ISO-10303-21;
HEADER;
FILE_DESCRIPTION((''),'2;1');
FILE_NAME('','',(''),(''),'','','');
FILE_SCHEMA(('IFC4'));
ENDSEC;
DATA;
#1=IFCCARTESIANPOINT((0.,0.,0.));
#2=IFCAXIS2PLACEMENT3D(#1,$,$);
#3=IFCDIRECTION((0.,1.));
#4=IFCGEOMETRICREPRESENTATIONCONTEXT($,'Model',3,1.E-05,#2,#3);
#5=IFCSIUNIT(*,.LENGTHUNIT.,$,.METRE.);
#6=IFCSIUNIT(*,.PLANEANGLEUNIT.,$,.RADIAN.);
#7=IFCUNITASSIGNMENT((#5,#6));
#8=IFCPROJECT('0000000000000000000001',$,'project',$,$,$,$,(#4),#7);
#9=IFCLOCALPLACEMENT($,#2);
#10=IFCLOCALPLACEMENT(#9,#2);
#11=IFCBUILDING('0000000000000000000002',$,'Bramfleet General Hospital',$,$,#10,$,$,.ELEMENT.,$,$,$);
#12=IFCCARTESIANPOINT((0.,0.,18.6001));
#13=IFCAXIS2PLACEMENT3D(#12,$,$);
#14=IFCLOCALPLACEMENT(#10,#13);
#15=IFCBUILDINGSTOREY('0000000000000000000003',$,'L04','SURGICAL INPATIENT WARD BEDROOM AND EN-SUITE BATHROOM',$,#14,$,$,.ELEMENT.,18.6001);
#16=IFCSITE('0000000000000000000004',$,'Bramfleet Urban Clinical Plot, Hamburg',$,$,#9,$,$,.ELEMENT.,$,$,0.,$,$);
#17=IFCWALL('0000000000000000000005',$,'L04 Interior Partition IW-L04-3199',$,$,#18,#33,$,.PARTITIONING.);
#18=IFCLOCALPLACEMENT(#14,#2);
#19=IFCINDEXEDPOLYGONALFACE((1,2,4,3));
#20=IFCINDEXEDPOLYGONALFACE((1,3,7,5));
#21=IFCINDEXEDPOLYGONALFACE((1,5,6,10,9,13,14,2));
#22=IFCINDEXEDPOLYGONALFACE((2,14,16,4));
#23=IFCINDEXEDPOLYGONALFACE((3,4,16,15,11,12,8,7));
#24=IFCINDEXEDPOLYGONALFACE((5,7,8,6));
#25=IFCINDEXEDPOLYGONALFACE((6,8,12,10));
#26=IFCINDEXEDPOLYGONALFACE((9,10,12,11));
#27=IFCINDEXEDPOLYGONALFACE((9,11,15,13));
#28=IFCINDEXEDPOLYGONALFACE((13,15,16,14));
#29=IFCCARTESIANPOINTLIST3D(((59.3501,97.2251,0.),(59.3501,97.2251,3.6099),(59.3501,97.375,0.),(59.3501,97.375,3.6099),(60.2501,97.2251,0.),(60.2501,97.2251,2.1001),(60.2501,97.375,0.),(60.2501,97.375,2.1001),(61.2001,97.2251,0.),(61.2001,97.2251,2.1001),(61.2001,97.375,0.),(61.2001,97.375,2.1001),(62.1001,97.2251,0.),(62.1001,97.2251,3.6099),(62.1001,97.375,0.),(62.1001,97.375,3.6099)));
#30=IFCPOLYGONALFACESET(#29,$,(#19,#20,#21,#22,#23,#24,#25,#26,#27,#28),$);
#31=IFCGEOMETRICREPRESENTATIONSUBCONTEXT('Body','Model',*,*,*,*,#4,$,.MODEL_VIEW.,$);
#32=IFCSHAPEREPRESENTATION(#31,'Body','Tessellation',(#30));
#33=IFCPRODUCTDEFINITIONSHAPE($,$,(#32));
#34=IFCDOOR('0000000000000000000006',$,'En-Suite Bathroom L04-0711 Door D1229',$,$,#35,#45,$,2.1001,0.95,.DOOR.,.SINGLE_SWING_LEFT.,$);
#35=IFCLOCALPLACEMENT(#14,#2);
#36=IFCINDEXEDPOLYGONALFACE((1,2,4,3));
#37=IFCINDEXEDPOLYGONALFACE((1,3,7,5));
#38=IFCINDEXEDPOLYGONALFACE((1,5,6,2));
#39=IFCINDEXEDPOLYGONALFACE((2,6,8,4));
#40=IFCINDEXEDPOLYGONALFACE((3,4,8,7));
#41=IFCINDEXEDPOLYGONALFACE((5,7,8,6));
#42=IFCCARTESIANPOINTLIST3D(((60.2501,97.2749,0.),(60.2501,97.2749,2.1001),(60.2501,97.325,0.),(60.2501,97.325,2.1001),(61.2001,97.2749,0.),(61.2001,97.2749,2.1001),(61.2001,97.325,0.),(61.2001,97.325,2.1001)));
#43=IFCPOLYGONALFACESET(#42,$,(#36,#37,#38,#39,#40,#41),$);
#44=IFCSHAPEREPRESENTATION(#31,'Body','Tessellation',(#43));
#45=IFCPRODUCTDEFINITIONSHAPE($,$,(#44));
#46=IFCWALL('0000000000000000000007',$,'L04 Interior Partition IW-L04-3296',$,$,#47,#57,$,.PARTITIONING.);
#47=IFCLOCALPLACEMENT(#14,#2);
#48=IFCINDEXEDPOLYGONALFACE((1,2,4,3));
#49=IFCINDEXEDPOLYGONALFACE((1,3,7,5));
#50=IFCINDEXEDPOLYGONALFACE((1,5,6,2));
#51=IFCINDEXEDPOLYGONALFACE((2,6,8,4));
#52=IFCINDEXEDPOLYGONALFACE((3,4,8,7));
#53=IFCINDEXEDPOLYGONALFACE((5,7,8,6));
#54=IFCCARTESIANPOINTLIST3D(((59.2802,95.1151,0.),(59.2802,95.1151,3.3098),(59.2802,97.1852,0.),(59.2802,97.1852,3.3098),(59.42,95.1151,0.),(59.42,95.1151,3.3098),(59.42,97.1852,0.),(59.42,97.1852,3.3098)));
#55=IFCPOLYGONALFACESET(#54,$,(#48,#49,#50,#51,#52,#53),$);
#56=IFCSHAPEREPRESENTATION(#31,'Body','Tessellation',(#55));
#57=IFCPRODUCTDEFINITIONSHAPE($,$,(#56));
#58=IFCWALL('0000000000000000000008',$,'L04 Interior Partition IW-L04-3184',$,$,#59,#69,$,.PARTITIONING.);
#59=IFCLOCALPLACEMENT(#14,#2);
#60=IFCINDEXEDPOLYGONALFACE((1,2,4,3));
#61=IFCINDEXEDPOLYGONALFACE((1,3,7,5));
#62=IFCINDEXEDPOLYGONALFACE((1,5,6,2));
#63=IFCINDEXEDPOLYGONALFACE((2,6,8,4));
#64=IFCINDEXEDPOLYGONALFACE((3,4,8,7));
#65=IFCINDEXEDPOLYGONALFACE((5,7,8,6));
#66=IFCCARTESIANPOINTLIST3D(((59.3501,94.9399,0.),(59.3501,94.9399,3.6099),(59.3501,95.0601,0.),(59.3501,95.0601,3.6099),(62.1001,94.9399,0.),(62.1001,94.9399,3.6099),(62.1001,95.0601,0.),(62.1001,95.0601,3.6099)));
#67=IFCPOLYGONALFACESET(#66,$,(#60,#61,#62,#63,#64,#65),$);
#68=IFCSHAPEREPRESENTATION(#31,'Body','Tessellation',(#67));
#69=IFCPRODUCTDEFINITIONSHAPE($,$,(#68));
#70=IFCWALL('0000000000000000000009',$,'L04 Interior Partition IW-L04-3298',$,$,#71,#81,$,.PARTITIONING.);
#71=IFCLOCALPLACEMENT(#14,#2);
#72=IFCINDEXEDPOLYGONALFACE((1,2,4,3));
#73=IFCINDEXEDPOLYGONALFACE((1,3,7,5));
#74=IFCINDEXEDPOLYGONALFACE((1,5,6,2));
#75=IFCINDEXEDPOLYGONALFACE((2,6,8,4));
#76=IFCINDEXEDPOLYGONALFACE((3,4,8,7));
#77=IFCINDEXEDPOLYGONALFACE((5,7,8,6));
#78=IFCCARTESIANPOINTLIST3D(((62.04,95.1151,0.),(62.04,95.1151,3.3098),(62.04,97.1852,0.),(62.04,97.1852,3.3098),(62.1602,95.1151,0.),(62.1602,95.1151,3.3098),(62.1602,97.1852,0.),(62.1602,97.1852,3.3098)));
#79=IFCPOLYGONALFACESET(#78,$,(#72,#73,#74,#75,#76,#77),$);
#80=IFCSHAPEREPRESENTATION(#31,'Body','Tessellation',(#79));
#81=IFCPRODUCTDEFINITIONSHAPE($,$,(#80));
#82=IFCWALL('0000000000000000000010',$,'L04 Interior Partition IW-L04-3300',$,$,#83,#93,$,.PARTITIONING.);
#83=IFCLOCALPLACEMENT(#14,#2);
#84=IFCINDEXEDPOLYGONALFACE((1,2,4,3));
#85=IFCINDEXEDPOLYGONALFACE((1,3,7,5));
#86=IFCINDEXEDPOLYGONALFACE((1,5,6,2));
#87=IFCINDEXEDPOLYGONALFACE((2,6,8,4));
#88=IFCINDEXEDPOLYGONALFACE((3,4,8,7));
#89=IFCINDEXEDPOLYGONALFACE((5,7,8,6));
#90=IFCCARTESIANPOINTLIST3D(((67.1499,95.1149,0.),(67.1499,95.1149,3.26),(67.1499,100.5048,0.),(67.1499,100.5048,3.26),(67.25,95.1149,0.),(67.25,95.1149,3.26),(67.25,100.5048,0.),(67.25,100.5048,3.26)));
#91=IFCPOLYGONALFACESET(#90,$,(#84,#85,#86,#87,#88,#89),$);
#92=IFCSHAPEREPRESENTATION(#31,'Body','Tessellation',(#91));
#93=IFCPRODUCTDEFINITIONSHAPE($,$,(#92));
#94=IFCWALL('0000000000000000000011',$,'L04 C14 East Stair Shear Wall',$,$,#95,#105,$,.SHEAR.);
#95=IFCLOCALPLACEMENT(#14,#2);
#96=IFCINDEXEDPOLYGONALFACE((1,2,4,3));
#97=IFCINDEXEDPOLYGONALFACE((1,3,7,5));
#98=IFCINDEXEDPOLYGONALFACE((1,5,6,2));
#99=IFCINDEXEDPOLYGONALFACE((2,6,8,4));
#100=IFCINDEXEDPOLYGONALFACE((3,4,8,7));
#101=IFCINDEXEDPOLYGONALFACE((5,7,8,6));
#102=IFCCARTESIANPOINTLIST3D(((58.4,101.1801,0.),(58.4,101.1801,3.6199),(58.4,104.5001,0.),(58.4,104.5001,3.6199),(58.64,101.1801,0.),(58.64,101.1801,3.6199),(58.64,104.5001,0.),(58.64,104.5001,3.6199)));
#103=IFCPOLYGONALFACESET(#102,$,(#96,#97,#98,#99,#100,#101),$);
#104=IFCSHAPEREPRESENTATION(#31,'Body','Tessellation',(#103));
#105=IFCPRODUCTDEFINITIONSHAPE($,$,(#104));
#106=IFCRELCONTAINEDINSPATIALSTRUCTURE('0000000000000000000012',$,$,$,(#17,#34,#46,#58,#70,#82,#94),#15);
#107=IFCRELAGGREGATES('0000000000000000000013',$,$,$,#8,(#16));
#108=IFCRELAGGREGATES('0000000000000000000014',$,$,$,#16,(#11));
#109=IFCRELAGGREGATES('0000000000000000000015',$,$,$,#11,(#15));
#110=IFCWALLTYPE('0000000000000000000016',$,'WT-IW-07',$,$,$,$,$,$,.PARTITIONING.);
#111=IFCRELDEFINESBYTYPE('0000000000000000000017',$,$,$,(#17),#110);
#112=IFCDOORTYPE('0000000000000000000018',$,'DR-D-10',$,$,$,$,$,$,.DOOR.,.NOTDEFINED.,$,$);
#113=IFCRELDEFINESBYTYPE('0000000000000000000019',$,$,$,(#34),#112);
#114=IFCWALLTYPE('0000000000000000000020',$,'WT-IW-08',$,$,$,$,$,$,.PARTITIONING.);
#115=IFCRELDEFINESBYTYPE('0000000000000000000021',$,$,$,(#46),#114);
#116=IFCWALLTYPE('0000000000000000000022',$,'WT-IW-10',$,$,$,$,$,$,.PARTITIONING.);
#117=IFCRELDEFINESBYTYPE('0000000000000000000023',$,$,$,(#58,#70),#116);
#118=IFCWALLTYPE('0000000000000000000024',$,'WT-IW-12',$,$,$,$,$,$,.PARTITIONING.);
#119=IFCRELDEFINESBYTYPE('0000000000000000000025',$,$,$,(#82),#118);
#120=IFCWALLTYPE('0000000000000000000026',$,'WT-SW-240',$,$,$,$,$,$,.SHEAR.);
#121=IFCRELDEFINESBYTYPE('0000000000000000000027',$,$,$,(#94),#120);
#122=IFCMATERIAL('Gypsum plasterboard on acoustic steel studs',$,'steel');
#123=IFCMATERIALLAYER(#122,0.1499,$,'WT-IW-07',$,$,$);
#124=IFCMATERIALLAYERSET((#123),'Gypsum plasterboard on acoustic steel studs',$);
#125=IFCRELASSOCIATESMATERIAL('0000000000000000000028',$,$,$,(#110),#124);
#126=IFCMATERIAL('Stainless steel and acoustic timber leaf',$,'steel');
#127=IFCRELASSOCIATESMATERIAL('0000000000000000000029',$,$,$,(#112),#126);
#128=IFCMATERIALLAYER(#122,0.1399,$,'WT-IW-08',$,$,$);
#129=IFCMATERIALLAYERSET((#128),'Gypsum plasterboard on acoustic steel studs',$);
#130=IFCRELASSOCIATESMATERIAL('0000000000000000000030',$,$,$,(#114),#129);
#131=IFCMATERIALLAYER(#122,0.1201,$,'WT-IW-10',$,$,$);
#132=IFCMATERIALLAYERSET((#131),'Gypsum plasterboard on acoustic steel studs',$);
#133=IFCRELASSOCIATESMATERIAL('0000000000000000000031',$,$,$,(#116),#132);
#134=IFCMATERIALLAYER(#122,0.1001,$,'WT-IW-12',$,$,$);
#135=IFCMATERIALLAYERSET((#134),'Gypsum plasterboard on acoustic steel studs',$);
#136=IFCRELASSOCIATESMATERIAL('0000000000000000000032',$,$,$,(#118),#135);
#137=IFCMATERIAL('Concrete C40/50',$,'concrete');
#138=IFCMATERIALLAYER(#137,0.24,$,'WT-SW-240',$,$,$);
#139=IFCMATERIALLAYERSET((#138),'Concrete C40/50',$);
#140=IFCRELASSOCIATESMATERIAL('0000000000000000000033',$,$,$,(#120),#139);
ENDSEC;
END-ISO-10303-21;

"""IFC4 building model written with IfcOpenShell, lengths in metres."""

from ifc_helpers import new_model, si_unit, direction, frame, frame_2d, origin, place, context, subcontext, project, spatial, rectangle, extrude, material, layer, layer_set, type_object, element, fill, save


model = new_model("IFC4")

# Units and contexts
model_context = context("Model", 3, precision=1e-05, world=origin(), true_north=direction((0.0, 1.0)))
body_context = subcontext(model_context, "Body", "Model", "MODEL_VIEW")
ifc_project = project(units=[si_unit("LENGTHUNIT", "METRE"), si_unit("PLANEANGLEUNIT", "RADIAN")], contexts=[model_context])

# Site, building, storey
site_placement = place(None, origin())
site = spatial("IfcSite", under=ifc_project, at=site_placement, Name="Bramfleet Urban Clinical Plot, Hamburg", CompositionType="ELEMENT", RefElevation=0.0)
building_placement = place(site_placement, origin())
building = spatial("IfcBuilding", under=site, at=building_placement, Name="Bramfleet General Hospital", CompositionType="ELEMENT")
storey_placement = place(building_placement, frame((0.0, 0.0, 18.6001)))
storey = spatial("IfcBuildingStorey", under=building, at=storey_placement, Name="L04", Description="SURGICAL INPATIENT WARD BEDROOM AND EN-SUITE BATHROOM", CompositionType="ELEMENT", Elevation=18.6001)

# Shared definitions
ifc_material_1 = material(Name="Concrete C40/50", Category="concrete")

# Shared definitions
ifc_material_2 = material(Name="Gypsum plasterboard on acoustic steel studs", Category="steel")
ifc_material_3 = material(Name="Stainless steel and acoustic timber leaf", Category="steel")

# Wall, opening, door
ifc_layer_1 = layer(ifc_material_2, 0.1499, Name="WT-IW-07")
ifc_layer_set_1 = layer_set([ifc_layer_1], Name="Gypsum plasterboard on acoustic steel studs")
wall_type_1 = type_object("IfcWallType", Name="WT-IW-07", PredefinedType="PARTITIONING", material=ifc_layer_set_1)
wall_1_placement = place(storey_placement, frame((59.3501, 97.3, 0.0), z_axis=(0.0, 0.0, 1.0), x_axis=(1.0, 0.0, 0.0)))
wall_1 = element("IfcWall", 1, at=wall_1_placement, inside=storey, type_object=wall_type_1, Name="L04 Interior Partition IW-L04-3199", PredefinedType="PARTITIONING", context=body_context, shape_type="SweptSolid", body=[
    extrude(rectangle(XDim=2.75, YDim=0.1499, at=frame_2d((1.375, 0.0))), origin(), (0.0, 0.0, 1.0), 3.6099),
])
opening_1_placement = place(wall_1_placement, frame((0.8999, 0.0, 0.0)))
opening_1 = element("IfcOpeningElement", 2, at=opening_1_placement, cuts=wall_1, PredefinedType="OPENING", context=body_context, shape_type="SweptSolid", body=[
    extrude(rectangle(XDim=0.95, YDim=2.1001, at=frame_2d((0.4751, 1.05))), frame((0.0, 0.085, 0.0), z_axis=(0.0, -1.0, 0.0), x_axis=(1.0, 0.0, 0.0)), (0.0, 0.0, 1.0), 0.1699),
])
door_type_1 = type_object("IfcDoorType", Name="DR-D-10", OperationType="NOTDEFINED", PredefinedType="DOOR", material=ifc_material_3)
door_1_placement = place(opening_1_placement, origin())
door_1 = element("IfcDoor", 3, at=door_1_placement, inside=storey, type_object=door_type_1, Name="En-Suite Bathroom L04-0711 Door D1229", OperationType="SINGLE_SWING_LEFT", OverallHeight=2.1001, OverallWidth=0.95, PredefinedType="DOOR", context=body_context, shape_type="SweptSolid", body=[
    extrude(rectangle(XDim=0.95, YDim=2.1001, at=frame_2d((0.4751, 1.05))), frame((0.0, 0.0249, 0.0), z_axis=(0.0, -1.0, 0.0), x_axis=(1.0, 0.0, 0.0)), (0.0, 0.0, 1.0), 0.05),
])
fill(opening_1, door_1)

# Walls
ifc_layer_2 = layer(ifc_material_2, 0.1399, Name="WT-IW-08")
ifc_layer_set_2 = layer_set([ifc_layer_2], Name="Gypsum plasterboard on acoustic steel studs")
wall_type_2 = type_object("IfcWallType", Name="WT-IW-08", PredefinedType="PARTITIONING", material=ifc_layer_set_2)
wall_2_placement = place(storey_placement, frame((59.3501, 95.115, 0.0), z_axis=(0.0, 0.0, 1.0), x_axis=(0.0, 1.0, 0.0)))
element("IfcWall", 4, at=wall_2_placement, inside=storey, type_object=wall_type_2, Name="L04 Interior Partition IW-L04-3296", PredefinedType="PARTITIONING", context=body_context, shape_type="SweptSolid", body=[
    extrude(rectangle(XDim=2.0701, YDim=0.1399, at=frame_2d((1.0352, 0.0))), origin(), (0.0, 0.0, 1.0), 3.3098),
])
ifc_layer_3 = layer(ifc_material_2, 0.1201, Name="WT-IW-10")
ifc_layer_set_3 = layer_set([ifc_layer_3], Name="Gypsum plasterboard on acoustic steel studs")
wall_type_3 = type_object("IfcWallType", Name="WT-IW-10", PredefinedType="PARTITIONING", material=ifc_layer_set_3)
wall_3_placement = place(storey_placement, frame((59.3501, 95.0, 0.0), z_axis=(0.0, 0.0, 1.0), x_axis=(1.0, 0.0, 0.0)))
element("IfcWall", 5, at=wall_3_placement, inside=storey, type_object=wall_type_3, Name="L04 Interior Partition IW-L04-3184", PredefinedType="PARTITIONING", context=body_context, shape_type="SweptSolid", body=[
    extrude(rectangle(XDim=2.75, YDim=0.1201, at=frame_2d((1.375, 0.0))), origin(), (0.0, 0.0, 1.0), 3.6099),
])
wall_4_placement = place(storey_placement, frame((62.1001, 95.115, 0.0), z_axis=(0.0, 0.0, 1.0), x_axis=(0.0, 1.0, 0.0)))
element("IfcWall", 6, at=wall_4_placement, inside=storey, type_object=wall_type_3, Name="L04 Interior Partition IW-L04-3298", PredefinedType="PARTITIONING", context=body_context, shape_type="SweptSolid", body=[
    extrude(rectangle(XDim=2.0701, YDim=0.1201, at=frame_2d((1.0352, 0.0))), origin(), (0.0, 0.0, 1.0), 3.3098),
])
ifc_layer_4 = layer(ifc_material_2, 0.1001, Name="WT-IW-12")
ifc_layer_set_4 = layer_set([ifc_layer_4], Name="Gypsum plasterboard on acoustic steel studs")
wall_type_4 = type_object("IfcWallType", Name="WT-IW-12", PredefinedType="PARTITIONING", material=ifc_layer_set_4)
wall_5_placement = place(storey_placement, frame((67.2, 95.115, 0.0), z_axis=(0.0, 0.0, 1.0), x_axis=(0.0, 1.0, 0.0)))
element("IfcWall", 7, at=wall_5_placement, inside=storey, type_object=wall_type_4, Name="L04 Interior Partition IW-L04-3300", PredefinedType="PARTITIONING", context=body_context, shape_type="SweptSolid", body=[
    extrude(rectangle(XDim=5.3899, YDim=0.1001, at=frame_2d((2.6948, 0.0))), origin(), (0.0, 0.0, 1.0), 3.26),
])
ifc_layer_5 = layer(ifc_material_1, 0.24, Name="WT-SW-240")
ifc_layer_set_5 = layer_set([ifc_layer_5], Name="Concrete C40/50")
wall_type_5 = type_object("IfcWallType", Name="WT-SW-240", PredefinedType="SHEAR", material=ifc_layer_set_5)
wall_6_placement = place(storey_placement, frame((58.52, 101.1799, 0.0), z_axis=(0.0, 0.0, 1.0), x_axis=(0.0, 1.0, 0.0)))
element("IfcWall", 8, at=wall_6_placement, inside=storey, type_object=wall_type_5, Name="L04 C14 East Stair Shear Wall", PredefinedType="SHEAR", context=body_context, shape_type="SweptSolid", body=[
    extrude(rectangle(XDim=3.3201, YDim=0.24, at=frame_2d((1.6602, 0.0))), origin(), (0.0, 0.0, 1.0), 3.6199),
])

save(model, "model.ifc")
